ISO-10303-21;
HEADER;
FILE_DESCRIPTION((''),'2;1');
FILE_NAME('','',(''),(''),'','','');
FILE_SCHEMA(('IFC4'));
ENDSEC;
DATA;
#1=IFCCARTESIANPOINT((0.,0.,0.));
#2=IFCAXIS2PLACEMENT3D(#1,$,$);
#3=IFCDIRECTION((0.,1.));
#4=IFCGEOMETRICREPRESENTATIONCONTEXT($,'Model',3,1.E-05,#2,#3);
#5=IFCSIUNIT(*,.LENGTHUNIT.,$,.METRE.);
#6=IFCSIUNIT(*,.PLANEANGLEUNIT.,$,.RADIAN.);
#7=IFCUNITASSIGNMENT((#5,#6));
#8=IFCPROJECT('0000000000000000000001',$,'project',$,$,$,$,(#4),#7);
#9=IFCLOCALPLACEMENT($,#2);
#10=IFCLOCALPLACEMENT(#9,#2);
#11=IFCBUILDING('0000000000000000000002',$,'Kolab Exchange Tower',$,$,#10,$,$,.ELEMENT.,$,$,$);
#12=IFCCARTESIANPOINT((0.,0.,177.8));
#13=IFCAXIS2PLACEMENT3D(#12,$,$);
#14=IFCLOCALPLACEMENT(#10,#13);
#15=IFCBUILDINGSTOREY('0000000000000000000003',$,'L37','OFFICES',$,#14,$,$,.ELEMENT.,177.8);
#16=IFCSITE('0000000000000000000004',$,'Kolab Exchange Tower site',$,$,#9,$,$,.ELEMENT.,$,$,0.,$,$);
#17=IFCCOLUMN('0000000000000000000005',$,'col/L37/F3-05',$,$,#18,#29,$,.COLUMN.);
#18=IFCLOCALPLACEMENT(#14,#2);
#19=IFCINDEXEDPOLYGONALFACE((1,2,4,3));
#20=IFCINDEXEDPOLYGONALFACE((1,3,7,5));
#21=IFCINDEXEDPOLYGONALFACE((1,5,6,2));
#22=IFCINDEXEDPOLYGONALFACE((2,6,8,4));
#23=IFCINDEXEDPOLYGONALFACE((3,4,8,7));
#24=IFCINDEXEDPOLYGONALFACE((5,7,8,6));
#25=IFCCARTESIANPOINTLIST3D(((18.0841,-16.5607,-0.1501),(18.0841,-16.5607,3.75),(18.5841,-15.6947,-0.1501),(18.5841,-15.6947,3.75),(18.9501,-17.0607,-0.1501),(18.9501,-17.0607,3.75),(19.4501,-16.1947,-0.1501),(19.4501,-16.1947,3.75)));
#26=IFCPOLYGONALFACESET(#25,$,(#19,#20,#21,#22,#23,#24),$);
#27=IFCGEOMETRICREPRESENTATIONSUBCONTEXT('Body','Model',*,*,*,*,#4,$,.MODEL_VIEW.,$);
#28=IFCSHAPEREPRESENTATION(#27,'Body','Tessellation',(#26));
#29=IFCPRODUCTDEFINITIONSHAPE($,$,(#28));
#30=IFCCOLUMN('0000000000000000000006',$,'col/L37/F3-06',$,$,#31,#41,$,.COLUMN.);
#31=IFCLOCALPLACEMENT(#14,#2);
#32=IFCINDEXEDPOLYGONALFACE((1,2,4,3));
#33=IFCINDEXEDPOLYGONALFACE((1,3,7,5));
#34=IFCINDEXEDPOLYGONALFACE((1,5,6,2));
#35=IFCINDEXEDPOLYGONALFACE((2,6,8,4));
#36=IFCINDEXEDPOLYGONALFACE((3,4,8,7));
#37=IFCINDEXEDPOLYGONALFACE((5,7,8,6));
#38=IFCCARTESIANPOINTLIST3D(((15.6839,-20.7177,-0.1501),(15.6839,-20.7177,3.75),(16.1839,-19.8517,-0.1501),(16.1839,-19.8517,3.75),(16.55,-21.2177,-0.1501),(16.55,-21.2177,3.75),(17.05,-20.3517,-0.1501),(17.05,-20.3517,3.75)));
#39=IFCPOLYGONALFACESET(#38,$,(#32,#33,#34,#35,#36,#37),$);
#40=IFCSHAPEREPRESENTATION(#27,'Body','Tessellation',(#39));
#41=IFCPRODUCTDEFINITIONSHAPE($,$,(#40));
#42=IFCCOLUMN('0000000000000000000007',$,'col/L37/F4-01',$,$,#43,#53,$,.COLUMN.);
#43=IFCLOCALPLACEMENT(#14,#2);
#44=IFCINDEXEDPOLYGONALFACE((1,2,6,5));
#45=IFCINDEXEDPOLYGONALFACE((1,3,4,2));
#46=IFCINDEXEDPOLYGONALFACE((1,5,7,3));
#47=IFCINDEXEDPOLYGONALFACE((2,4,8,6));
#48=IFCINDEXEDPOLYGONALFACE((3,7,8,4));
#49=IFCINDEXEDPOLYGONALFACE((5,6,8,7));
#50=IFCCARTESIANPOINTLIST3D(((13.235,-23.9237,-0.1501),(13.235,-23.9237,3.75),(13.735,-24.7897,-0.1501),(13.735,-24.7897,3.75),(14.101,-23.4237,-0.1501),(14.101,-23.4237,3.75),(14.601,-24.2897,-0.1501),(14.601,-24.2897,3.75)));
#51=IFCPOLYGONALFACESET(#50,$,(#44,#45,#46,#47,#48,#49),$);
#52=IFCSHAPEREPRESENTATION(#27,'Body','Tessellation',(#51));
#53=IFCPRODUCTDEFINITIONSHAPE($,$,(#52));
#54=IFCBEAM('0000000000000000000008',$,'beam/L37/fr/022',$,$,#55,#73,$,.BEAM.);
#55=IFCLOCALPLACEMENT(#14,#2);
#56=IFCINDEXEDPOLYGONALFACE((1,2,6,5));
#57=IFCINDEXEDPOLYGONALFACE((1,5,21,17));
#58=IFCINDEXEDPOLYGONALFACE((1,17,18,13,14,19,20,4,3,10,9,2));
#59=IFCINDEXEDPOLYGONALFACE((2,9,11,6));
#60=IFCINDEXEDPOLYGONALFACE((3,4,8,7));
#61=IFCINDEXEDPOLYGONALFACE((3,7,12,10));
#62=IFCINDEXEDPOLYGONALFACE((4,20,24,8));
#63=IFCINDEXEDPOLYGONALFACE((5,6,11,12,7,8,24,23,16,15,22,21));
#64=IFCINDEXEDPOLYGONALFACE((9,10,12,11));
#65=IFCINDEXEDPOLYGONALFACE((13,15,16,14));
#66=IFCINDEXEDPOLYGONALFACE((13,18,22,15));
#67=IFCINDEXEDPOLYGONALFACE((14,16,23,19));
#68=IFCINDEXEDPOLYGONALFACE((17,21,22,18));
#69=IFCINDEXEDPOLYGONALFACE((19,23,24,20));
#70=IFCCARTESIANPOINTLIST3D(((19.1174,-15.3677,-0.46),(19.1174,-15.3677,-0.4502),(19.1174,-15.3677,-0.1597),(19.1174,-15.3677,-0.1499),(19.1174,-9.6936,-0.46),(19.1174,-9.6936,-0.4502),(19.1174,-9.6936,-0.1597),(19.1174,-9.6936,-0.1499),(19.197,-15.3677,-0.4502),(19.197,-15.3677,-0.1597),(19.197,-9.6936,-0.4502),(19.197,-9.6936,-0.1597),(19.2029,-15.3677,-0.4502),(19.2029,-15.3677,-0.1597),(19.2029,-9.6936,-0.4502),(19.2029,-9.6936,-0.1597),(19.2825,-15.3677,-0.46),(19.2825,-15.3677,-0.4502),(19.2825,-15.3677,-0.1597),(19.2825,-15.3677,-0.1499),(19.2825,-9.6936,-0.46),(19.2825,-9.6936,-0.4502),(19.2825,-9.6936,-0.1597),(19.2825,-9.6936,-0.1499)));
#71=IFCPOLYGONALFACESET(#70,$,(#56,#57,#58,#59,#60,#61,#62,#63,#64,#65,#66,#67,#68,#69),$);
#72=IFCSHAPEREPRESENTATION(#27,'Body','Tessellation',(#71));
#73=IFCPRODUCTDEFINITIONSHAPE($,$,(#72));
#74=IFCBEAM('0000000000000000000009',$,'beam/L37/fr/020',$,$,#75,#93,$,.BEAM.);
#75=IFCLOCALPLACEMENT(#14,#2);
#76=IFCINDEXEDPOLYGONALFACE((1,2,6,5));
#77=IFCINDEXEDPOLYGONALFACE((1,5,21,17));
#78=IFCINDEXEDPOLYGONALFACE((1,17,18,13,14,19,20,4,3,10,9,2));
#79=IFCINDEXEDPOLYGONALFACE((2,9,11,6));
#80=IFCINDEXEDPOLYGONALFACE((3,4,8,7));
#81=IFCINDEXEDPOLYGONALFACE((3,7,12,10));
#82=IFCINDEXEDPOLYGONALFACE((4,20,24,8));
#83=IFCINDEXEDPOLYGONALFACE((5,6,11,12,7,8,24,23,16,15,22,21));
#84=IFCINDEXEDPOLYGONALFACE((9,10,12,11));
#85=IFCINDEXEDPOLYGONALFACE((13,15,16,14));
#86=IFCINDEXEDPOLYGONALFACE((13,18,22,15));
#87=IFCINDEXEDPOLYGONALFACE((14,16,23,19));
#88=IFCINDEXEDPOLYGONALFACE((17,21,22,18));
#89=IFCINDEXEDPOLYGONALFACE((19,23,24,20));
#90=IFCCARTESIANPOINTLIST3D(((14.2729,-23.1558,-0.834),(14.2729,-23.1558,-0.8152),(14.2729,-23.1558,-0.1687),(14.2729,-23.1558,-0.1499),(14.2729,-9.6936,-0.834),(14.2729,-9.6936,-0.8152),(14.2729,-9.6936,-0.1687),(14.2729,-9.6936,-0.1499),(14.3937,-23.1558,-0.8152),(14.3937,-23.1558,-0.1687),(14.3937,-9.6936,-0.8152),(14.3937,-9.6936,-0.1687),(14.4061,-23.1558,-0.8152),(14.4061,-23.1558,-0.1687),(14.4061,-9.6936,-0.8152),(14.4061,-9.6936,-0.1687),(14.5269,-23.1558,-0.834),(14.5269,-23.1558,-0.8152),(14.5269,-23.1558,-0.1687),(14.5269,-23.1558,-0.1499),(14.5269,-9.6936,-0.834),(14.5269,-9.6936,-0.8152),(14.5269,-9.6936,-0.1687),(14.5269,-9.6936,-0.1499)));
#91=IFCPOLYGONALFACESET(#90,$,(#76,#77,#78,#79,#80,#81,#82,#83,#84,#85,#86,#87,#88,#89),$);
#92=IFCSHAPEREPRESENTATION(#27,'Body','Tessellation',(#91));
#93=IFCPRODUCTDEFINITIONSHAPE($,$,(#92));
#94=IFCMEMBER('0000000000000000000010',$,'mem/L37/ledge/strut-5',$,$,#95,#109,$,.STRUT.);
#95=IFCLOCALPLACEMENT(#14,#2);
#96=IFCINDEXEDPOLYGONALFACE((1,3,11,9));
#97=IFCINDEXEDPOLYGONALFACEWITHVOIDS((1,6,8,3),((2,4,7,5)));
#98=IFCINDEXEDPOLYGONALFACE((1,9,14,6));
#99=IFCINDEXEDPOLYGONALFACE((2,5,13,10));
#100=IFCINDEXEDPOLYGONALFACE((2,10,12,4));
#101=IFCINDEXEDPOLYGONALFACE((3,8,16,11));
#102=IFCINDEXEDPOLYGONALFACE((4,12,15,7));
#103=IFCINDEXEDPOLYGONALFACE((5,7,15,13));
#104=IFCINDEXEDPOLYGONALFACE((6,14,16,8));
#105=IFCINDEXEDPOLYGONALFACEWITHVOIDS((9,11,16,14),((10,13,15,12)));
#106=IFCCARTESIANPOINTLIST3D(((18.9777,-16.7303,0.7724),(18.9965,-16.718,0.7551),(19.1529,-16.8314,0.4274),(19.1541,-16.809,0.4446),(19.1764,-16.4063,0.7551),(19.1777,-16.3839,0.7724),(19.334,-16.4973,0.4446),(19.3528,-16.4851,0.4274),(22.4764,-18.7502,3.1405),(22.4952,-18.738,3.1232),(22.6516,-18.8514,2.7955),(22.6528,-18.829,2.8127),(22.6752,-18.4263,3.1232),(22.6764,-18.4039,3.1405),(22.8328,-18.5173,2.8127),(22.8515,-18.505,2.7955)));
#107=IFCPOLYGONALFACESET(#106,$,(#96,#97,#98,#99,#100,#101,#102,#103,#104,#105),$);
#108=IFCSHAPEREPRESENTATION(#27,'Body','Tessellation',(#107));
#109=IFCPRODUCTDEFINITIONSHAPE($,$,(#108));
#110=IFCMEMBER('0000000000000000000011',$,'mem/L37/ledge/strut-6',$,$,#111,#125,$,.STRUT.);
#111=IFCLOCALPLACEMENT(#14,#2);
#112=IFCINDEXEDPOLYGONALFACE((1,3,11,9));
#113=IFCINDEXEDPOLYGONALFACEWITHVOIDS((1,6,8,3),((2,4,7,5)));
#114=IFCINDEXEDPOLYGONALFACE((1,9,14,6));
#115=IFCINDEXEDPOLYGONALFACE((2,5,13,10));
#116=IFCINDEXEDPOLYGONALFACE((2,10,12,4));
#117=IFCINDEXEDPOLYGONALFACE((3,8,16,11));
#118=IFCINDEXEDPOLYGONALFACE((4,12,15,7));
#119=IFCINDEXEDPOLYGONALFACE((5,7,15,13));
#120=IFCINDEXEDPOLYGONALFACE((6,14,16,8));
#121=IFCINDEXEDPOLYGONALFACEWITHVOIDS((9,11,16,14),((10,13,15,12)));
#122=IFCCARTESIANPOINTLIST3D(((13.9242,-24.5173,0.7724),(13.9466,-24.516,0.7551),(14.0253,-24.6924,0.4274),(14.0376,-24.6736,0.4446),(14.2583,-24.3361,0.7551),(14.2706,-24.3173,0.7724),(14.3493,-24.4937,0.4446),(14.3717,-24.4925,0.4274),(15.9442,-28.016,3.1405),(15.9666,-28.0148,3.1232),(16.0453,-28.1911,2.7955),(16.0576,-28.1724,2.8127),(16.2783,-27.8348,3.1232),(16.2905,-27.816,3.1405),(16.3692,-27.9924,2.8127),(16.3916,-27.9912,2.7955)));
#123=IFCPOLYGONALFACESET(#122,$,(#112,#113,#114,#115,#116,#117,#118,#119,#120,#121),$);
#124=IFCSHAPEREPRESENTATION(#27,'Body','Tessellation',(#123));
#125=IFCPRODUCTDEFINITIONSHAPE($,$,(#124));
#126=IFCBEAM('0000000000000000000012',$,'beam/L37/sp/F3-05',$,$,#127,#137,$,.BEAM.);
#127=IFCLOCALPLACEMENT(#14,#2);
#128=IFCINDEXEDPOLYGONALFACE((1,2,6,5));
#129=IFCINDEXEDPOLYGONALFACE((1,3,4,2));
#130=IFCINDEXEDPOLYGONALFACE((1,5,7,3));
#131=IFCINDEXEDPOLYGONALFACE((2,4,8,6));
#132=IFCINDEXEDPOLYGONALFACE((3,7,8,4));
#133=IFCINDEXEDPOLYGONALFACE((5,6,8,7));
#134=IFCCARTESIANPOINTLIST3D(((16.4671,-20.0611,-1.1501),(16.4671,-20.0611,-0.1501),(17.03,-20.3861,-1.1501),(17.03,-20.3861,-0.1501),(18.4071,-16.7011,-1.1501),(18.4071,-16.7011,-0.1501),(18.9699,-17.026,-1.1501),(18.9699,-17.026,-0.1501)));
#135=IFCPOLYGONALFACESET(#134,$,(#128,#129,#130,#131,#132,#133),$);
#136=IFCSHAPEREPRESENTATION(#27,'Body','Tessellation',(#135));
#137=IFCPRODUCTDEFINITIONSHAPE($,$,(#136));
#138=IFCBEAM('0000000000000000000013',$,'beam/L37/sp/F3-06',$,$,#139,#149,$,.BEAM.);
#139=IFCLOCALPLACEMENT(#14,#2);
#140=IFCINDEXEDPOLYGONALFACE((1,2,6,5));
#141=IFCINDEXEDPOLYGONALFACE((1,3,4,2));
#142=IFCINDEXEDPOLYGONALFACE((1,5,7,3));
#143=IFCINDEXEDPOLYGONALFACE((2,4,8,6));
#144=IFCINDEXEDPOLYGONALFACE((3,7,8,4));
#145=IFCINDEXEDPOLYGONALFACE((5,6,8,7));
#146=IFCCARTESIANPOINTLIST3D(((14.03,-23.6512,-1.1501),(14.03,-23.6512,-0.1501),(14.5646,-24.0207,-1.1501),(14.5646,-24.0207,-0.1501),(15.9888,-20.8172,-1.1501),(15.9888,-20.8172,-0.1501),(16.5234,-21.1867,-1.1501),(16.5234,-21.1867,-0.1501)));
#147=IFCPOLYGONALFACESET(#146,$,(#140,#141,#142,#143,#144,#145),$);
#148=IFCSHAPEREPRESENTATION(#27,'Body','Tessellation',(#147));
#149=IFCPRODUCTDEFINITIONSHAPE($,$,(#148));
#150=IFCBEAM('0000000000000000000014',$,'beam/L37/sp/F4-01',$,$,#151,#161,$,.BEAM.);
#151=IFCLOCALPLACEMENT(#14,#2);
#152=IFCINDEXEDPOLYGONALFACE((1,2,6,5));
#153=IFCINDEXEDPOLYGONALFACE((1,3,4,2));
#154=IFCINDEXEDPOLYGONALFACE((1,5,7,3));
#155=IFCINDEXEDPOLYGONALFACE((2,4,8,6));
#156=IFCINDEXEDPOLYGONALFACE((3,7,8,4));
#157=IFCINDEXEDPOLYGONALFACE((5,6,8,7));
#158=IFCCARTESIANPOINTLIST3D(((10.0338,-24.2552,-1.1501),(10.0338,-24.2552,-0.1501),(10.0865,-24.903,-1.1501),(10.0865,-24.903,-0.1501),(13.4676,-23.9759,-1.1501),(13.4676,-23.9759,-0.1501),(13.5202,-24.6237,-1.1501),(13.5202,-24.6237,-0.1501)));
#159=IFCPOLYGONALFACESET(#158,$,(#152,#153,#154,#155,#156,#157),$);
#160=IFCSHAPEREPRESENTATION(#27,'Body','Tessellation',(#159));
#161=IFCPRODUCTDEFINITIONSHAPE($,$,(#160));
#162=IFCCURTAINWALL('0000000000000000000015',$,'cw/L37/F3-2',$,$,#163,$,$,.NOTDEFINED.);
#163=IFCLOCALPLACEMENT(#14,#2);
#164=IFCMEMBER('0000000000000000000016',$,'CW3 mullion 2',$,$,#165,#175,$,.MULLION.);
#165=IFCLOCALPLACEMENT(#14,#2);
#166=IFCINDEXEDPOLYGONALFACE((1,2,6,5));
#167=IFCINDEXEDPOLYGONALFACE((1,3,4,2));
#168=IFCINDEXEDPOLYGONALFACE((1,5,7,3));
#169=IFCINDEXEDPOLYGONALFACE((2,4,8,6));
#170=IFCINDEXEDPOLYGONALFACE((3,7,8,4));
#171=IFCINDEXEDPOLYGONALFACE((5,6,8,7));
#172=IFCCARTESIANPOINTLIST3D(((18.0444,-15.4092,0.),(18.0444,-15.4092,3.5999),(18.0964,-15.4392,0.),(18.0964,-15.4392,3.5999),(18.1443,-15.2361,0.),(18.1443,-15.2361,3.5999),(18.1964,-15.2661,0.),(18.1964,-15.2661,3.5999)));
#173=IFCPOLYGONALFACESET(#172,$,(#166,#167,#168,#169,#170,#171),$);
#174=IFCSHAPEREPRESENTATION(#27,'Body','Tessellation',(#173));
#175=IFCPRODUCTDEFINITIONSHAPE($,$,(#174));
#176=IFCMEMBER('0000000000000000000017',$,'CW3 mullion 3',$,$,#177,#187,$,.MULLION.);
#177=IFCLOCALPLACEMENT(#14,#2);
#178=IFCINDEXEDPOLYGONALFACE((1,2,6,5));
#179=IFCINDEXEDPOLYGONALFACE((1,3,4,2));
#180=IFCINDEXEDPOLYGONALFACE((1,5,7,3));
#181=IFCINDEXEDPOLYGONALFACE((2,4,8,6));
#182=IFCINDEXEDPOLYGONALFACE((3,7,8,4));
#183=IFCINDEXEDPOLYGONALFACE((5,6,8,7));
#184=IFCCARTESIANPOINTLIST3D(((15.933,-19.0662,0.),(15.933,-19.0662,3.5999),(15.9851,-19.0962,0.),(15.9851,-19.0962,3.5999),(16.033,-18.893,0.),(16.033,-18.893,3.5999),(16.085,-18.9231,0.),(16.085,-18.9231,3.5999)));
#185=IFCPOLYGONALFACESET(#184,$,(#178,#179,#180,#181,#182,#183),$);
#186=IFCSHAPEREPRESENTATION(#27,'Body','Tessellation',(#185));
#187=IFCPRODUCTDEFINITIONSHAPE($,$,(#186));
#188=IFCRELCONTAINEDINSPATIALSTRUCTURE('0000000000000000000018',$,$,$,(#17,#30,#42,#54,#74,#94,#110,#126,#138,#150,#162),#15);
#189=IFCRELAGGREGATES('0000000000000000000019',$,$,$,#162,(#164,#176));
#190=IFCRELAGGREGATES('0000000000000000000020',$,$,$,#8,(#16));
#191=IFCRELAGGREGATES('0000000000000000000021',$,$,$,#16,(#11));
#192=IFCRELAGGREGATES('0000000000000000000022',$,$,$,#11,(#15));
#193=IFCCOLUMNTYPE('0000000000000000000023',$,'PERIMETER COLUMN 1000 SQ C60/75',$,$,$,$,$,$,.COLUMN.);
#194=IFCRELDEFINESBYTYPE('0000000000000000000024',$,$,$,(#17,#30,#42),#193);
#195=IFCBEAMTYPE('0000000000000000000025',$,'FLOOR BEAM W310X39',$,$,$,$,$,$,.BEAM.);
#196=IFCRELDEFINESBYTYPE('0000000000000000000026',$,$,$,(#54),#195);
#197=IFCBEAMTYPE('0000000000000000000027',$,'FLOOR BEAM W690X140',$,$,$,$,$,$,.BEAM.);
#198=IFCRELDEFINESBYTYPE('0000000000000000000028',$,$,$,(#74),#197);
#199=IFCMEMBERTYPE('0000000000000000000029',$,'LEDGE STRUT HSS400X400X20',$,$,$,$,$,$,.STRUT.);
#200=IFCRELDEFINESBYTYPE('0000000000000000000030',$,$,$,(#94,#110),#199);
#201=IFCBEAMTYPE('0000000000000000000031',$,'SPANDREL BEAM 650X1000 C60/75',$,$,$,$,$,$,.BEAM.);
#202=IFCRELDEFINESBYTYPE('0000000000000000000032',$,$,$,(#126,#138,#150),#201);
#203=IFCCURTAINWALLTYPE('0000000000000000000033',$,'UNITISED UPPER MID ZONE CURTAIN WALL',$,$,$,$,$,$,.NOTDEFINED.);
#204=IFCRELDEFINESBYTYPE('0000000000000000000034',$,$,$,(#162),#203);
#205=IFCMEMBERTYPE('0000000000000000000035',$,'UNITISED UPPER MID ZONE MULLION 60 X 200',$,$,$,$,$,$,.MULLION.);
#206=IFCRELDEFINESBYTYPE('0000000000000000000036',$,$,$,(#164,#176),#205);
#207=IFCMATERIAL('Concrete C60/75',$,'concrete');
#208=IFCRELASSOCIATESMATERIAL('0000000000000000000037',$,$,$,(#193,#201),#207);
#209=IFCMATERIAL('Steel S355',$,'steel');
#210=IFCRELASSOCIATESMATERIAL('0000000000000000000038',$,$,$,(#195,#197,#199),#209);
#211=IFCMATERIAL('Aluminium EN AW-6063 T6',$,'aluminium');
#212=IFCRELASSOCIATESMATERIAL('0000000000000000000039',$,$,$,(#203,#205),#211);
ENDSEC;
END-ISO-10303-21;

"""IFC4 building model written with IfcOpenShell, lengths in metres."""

from ifc_helpers import new_model, si_unit, direction, frame, origin, origin_2d, place, context, subcontext, project, spatial, rectangle, hollow_rectangle, i_section, extrude, material, material_profile, profile_set, type_object, element, aggregate, save


model = new_model("IFC4")

# Units and contexts
model_context = context("Model", 3, precision=1e-05, world=origin(), true_north=direction((0.0, 1.0)))
body_context = subcontext(model_context, "Body", "Model", "MODEL_VIEW")
ifc_project = project(units=[si_unit("LENGTHUNIT", "METRE"), si_unit("PLANEANGLEUNIT", "RADIAN")], contexts=[model_context])

# Site, building, storey
site_placement = place(None, origin())
site = spatial("IfcSite", under=ifc_project, at=site_placement, Name="Kolab Exchange Tower site", CompositionType="ELEMENT", RefElevation=0.0)
building_placement = place(site_placement, origin())
building = spatial("IfcBuilding", under=site, at=building_placement, Name="Kolab Exchange Tower", CompositionType="ELEMENT")
storey_placement = place(building_placement, frame((0.0, 0.0, 177.8)))
storey = spatial("IfcBuildingStorey", under=building, at=storey_placement, Name="L37", Description="OFFICES", CompositionType="ELEMENT", Elevation=177.8)

# Columns
ifc_material_1 = material(Name="Concrete C60/75", Category="concrete")
ifc_material_profile_1 = material_profile(ifc_material_1, rectangle(XDim=1.0, YDim=1.0, at=origin_2d()), Name="RC1000")
ifc_profile_set_1 = profile_set([ifc_material_profile_1], Name="Concrete C60/75")
column_type = type_object("IfcColumnType", Name="PERIMETER COLUMN 1000 SQ C60/75", PredefinedType="COLUMN", material=ifc_profile_set_1)
for number, where, z_axis, x_axis, name in (
    (1, (18.7671, -16.3777, -0.1501), (0.0, 0.0, 1.0), (0.5, 0.866025, 0.0), "col/L37/F3-05"),
    (2, (16.3669, -20.5347, -0.1501), (0.0, 0.0, 1.0), (0.5, 0.866025, 0.0), "col/L37/F3-06"),
    (3, (13.918, -24.1067, -0.1501), (0.0, 0.0, 1.0), (0.866025, 0.5, 0.0), "col/L37/F4-01"),
):
    element("IfcColumn", number, at=place(storey_placement, frame(where, z_axis=z_axis, x_axis=x_axis)), inside=storey, type_object=column_type, Name=name, PredefinedType="COLUMN", context=body_context, shape_type="SweptSolid", body=[
        extrude(rectangle(XDim=1.0, YDim=1.0, at=origin_2d()), origin(), (0.0, 0.0, 1.0), 3.9001),
    ])

# Beams
ifc_material_2 = material(Name="Steel S355", Category="steel")
ifc_material_profile_2 = material_profile(ifc_material_2, i_section(OverallWidth=0.165, OverallDepth=0.3101, WebThickness=0.0059, FlangeThickness=0.0098, at=origin_2d()), Name="W310X39")
ifc_profile_set_2 = profile_set([ifc_material_profile_2], Name="Steel S355")
beam_type_1 = type_object("IfcBeamType", Name="FLOOR BEAM W310X39", PredefinedType="BEAM", material=ifc_profile_set_2)
beam_1_placement = place(storey_placement, frame((19.2, -15.3677, -0.3049), z_axis=(0.0, 1.0, 0.0), x_axis=(-1.0, 0.0, 0.0)))
element("IfcBeam", 4, at=beam_1_placement, inside=storey, type_object=beam_type_1, Name="beam/L37/fr/022", PredefinedType="BEAM", context=body_context, shape_type="SweptSolid", body=[
    extrude(i_section(OverallWidth=0.165, OverallDepth=0.3101, WebThickness=0.0059, FlangeThickness=0.0098, at=origin_2d()), origin(), (0.0, 0.0, 1.0), 5.6741),
])
ifc_material_profile_3 = material_profile(ifc_material_2, i_section(OverallWidth=0.2539, OverallDepth=0.6841, WebThickness=0.0125, FlangeThickness=0.0188, at=origin_2d()), Name="W690X140")
ifc_profile_set_3 = profile_set([ifc_material_profile_3], Name="Steel S355")
beam_type_2 = type_object("IfcBeamType", Name="FLOOR BEAM W690X140", PredefinedType="BEAM", material=ifc_profile_set_3)
beam_2_placement = place(storey_placement, frame((14.3999, -23.1558, -0.4919), z_axis=(0.0, 1.0, 0.0), x_axis=(-1.0, 0.0, 0.0)))
element("IfcBeam", 5, at=beam_2_placement, inside=storey, type_object=beam_type_2, Name="beam/L37/fr/020", PredefinedType="BEAM", context=body_context, shape_type="SweptSolid", body=[
    extrude(i_section(OverallWidth=0.2539, OverallDepth=0.6841, WebThickness=0.0125, FlangeThickness=0.0188, at=origin_2d()), origin(), (0.0, 0.0, 1.0), 13.4622),
])

# Members
ifc_material_profile_4 = material_profile(ifc_material_2, hollow_rectangle(XDim=0.3999, YDim=0.3999, WallThickness=0.02, at=origin_2d()), Name="HSS400X400X20")
ifc_profile_set_4 = profile_set([ifc_material_profile_4], Name="Steel S355")
member_type_1 = type_object("IfcMemberType", Name="LEDGE STRUT HSS400X400X20", PredefinedType="STRUT", material=ifc_profile_set_4)
for number, where, z_axis, x_axis, name in (
    (6, (19.1653, -16.6077, 0.5999), (0.747129, -0.431355, 0.505698), (0.5, 0.866026, 0.0), "mem/L37/ledge/strut-5"),
    (7, (14.1479, -24.5049, 0.5999), (0.431355, -0.747129, 0.505698), (0.866026, 0.5, 0.0), "mem/L37/ledge/strut-6"),
):
    element("IfcMember", number, at=place(storey_placement, frame(where, z_axis=z_axis, x_axis=x_axis)), inside=storey, type_object=member_type_1, Name=name, PredefinedType="STRUT", context=body_context, shape_type="SweptSolid", body=[
        extrude(hollow_rectangle(XDim=0.3999, YDim=0.3999, WallThickness=0.02, at=origin_2d()), origin(), (0.0, 0.0, 1.0), 4.6829),
    ])

# Beams
ifc_material_profile_5 = material_profile(ifc_material_1, rectangle(XDim=0.6499, YDim=1.0, at=origin_2d()), Name="RC650X1000")
ifc_profile_set_5 = profile_set([ifc_material_profile_5], Name="Concrete C60/75")
beam_type_3 = type_object("IfcBeamType", Name="SPANDREL BEAM 650X1000 C60/75", PredefinedType="BEAM", material=ifc_profile_set_5)
beam_3_placement = place(storey_placement, frame((18.6885, -16.8635, -0.6501), z_axis=(-0.499997, -0.866027, 0.0), x_axis=(0.866027, -0.499997, 0.0)))
element("IfcBeam", 8, at=beam_3_placement, inside=storey, type_object=beam_type_3, Name="beam/L37/sp/F3-05", PredefinedType="BEAM", context=body_context, shape_type="SweptSolid", body=[
    extrude(rectangle(XDim=0.6499, YDim=1.0, at=origin_2d()), origin(), (0.0, 0.0, 1.0), 3.8799),
])
for number, where, z_axis, x_axis, name in (
    (9, (16.2561, -21.002, -0.6501), (-0.568572, -0.822633, 0.0), (0.822633, -0.568572, 0.0), "beam/L37/sp/F3-06"),
    (10, (13.4939, -24.2998, -0.6501), (-0.996708, -0.081069, 0.0), (0.081069, -0.996708, 0.0), "beam/L37/sp/F4-01"),
):
    element("IfcBeam", number, at=place(storey_placement, frame(where, z_axis=z_axis, x_axis=x_axis)), inside=storey, type_object=beam_type_3, Name=name, PredefinedType="BEAM", context=body_context, shape_type="SweptSolid", body=[
        extrude(rectangle(XDim=0.6499, YDim=1.0, at=origin_2d()), origin(), (0.0, 0.0, 1.0), 3.4451),
    ])

# Curtain wall, members
ifc_material_3 = material(Name="Aluminium EN AW-6063 T6", Category="aluminium")
curtain_wall_type = type_object("IfcCurtainWallType", Name="UNITISED UPPER MID ZONE CURTAIN WALL", PredefinedType="NOTDEFINED", material=ifc_material_3)
curtain_wall_1_placement = place(storey_placement, origin())
curtain_wall_1 = element("IfcCurtainWall", 11, at=curtain_wall_1_placement, inside=storey, type_object=curtain_wall_type, Name="cw/L37/F3-2", PredefinedType="NOTDEFINED")
ifc_material_profile_6 = material_profile(ifc_material_3, rectangle(XDim=0.0601, YDim=0.2, at=origin_2d()), Name="RECT 60X200")
ifc_profile_set_6 = profile_set([ifc_material_profile_6], Name="Aluminium EN AW-6063 T6")
member_type_2 = type_object("IfcMemberType", Name="UNITISED UPPER MID ZONE MULLION 60 X 200", PredefinedType="MULLION", material=ifc_profile_set_6)
member_1_placement = place(storey_placement, frame((18.1204, -15.3376, 0.0), z_axis=(0.0, 0.0, 1.0), x_axis=(0.866025, -0.5, 0.0)))
member_1 = element("IfcMember", 12, at=member_1_placement, type_object=member_type_2, Name="CW3 mullion 2", PredefinedType="MULLION", context=body_context, shape_type="SweptSolid", body=[
    extrude(rectangle(XDim=0.0601, YDim=0.2, at=origin_2d()), origin(), (0.0, 0.0, 1.0), 3.5999),
])
member_2_placement = place(storey_placement, frame((16.009, -18.9946, 0.0), z_axis=(0.0, 0.0, 1.0), x_axis=(0.866025, -0.5, 0.0)))
member_2 = element("IfcMember", 13, at=member_2_placement, type_object=member_type_2, Name="CW3 mullion 3", PredefinedType="MULLION", context=body_context, shape_type="SweptSolid", body=[
    extrude(rectangle(XDim=0.0601, YDim=0.2, at=origin_2d()), origin(), (0.0, 0.0, 1.0), 3.5999),
])

aggregate(curtain_wall_1, [member_1, member_2])

save(model, "model.ifc")
